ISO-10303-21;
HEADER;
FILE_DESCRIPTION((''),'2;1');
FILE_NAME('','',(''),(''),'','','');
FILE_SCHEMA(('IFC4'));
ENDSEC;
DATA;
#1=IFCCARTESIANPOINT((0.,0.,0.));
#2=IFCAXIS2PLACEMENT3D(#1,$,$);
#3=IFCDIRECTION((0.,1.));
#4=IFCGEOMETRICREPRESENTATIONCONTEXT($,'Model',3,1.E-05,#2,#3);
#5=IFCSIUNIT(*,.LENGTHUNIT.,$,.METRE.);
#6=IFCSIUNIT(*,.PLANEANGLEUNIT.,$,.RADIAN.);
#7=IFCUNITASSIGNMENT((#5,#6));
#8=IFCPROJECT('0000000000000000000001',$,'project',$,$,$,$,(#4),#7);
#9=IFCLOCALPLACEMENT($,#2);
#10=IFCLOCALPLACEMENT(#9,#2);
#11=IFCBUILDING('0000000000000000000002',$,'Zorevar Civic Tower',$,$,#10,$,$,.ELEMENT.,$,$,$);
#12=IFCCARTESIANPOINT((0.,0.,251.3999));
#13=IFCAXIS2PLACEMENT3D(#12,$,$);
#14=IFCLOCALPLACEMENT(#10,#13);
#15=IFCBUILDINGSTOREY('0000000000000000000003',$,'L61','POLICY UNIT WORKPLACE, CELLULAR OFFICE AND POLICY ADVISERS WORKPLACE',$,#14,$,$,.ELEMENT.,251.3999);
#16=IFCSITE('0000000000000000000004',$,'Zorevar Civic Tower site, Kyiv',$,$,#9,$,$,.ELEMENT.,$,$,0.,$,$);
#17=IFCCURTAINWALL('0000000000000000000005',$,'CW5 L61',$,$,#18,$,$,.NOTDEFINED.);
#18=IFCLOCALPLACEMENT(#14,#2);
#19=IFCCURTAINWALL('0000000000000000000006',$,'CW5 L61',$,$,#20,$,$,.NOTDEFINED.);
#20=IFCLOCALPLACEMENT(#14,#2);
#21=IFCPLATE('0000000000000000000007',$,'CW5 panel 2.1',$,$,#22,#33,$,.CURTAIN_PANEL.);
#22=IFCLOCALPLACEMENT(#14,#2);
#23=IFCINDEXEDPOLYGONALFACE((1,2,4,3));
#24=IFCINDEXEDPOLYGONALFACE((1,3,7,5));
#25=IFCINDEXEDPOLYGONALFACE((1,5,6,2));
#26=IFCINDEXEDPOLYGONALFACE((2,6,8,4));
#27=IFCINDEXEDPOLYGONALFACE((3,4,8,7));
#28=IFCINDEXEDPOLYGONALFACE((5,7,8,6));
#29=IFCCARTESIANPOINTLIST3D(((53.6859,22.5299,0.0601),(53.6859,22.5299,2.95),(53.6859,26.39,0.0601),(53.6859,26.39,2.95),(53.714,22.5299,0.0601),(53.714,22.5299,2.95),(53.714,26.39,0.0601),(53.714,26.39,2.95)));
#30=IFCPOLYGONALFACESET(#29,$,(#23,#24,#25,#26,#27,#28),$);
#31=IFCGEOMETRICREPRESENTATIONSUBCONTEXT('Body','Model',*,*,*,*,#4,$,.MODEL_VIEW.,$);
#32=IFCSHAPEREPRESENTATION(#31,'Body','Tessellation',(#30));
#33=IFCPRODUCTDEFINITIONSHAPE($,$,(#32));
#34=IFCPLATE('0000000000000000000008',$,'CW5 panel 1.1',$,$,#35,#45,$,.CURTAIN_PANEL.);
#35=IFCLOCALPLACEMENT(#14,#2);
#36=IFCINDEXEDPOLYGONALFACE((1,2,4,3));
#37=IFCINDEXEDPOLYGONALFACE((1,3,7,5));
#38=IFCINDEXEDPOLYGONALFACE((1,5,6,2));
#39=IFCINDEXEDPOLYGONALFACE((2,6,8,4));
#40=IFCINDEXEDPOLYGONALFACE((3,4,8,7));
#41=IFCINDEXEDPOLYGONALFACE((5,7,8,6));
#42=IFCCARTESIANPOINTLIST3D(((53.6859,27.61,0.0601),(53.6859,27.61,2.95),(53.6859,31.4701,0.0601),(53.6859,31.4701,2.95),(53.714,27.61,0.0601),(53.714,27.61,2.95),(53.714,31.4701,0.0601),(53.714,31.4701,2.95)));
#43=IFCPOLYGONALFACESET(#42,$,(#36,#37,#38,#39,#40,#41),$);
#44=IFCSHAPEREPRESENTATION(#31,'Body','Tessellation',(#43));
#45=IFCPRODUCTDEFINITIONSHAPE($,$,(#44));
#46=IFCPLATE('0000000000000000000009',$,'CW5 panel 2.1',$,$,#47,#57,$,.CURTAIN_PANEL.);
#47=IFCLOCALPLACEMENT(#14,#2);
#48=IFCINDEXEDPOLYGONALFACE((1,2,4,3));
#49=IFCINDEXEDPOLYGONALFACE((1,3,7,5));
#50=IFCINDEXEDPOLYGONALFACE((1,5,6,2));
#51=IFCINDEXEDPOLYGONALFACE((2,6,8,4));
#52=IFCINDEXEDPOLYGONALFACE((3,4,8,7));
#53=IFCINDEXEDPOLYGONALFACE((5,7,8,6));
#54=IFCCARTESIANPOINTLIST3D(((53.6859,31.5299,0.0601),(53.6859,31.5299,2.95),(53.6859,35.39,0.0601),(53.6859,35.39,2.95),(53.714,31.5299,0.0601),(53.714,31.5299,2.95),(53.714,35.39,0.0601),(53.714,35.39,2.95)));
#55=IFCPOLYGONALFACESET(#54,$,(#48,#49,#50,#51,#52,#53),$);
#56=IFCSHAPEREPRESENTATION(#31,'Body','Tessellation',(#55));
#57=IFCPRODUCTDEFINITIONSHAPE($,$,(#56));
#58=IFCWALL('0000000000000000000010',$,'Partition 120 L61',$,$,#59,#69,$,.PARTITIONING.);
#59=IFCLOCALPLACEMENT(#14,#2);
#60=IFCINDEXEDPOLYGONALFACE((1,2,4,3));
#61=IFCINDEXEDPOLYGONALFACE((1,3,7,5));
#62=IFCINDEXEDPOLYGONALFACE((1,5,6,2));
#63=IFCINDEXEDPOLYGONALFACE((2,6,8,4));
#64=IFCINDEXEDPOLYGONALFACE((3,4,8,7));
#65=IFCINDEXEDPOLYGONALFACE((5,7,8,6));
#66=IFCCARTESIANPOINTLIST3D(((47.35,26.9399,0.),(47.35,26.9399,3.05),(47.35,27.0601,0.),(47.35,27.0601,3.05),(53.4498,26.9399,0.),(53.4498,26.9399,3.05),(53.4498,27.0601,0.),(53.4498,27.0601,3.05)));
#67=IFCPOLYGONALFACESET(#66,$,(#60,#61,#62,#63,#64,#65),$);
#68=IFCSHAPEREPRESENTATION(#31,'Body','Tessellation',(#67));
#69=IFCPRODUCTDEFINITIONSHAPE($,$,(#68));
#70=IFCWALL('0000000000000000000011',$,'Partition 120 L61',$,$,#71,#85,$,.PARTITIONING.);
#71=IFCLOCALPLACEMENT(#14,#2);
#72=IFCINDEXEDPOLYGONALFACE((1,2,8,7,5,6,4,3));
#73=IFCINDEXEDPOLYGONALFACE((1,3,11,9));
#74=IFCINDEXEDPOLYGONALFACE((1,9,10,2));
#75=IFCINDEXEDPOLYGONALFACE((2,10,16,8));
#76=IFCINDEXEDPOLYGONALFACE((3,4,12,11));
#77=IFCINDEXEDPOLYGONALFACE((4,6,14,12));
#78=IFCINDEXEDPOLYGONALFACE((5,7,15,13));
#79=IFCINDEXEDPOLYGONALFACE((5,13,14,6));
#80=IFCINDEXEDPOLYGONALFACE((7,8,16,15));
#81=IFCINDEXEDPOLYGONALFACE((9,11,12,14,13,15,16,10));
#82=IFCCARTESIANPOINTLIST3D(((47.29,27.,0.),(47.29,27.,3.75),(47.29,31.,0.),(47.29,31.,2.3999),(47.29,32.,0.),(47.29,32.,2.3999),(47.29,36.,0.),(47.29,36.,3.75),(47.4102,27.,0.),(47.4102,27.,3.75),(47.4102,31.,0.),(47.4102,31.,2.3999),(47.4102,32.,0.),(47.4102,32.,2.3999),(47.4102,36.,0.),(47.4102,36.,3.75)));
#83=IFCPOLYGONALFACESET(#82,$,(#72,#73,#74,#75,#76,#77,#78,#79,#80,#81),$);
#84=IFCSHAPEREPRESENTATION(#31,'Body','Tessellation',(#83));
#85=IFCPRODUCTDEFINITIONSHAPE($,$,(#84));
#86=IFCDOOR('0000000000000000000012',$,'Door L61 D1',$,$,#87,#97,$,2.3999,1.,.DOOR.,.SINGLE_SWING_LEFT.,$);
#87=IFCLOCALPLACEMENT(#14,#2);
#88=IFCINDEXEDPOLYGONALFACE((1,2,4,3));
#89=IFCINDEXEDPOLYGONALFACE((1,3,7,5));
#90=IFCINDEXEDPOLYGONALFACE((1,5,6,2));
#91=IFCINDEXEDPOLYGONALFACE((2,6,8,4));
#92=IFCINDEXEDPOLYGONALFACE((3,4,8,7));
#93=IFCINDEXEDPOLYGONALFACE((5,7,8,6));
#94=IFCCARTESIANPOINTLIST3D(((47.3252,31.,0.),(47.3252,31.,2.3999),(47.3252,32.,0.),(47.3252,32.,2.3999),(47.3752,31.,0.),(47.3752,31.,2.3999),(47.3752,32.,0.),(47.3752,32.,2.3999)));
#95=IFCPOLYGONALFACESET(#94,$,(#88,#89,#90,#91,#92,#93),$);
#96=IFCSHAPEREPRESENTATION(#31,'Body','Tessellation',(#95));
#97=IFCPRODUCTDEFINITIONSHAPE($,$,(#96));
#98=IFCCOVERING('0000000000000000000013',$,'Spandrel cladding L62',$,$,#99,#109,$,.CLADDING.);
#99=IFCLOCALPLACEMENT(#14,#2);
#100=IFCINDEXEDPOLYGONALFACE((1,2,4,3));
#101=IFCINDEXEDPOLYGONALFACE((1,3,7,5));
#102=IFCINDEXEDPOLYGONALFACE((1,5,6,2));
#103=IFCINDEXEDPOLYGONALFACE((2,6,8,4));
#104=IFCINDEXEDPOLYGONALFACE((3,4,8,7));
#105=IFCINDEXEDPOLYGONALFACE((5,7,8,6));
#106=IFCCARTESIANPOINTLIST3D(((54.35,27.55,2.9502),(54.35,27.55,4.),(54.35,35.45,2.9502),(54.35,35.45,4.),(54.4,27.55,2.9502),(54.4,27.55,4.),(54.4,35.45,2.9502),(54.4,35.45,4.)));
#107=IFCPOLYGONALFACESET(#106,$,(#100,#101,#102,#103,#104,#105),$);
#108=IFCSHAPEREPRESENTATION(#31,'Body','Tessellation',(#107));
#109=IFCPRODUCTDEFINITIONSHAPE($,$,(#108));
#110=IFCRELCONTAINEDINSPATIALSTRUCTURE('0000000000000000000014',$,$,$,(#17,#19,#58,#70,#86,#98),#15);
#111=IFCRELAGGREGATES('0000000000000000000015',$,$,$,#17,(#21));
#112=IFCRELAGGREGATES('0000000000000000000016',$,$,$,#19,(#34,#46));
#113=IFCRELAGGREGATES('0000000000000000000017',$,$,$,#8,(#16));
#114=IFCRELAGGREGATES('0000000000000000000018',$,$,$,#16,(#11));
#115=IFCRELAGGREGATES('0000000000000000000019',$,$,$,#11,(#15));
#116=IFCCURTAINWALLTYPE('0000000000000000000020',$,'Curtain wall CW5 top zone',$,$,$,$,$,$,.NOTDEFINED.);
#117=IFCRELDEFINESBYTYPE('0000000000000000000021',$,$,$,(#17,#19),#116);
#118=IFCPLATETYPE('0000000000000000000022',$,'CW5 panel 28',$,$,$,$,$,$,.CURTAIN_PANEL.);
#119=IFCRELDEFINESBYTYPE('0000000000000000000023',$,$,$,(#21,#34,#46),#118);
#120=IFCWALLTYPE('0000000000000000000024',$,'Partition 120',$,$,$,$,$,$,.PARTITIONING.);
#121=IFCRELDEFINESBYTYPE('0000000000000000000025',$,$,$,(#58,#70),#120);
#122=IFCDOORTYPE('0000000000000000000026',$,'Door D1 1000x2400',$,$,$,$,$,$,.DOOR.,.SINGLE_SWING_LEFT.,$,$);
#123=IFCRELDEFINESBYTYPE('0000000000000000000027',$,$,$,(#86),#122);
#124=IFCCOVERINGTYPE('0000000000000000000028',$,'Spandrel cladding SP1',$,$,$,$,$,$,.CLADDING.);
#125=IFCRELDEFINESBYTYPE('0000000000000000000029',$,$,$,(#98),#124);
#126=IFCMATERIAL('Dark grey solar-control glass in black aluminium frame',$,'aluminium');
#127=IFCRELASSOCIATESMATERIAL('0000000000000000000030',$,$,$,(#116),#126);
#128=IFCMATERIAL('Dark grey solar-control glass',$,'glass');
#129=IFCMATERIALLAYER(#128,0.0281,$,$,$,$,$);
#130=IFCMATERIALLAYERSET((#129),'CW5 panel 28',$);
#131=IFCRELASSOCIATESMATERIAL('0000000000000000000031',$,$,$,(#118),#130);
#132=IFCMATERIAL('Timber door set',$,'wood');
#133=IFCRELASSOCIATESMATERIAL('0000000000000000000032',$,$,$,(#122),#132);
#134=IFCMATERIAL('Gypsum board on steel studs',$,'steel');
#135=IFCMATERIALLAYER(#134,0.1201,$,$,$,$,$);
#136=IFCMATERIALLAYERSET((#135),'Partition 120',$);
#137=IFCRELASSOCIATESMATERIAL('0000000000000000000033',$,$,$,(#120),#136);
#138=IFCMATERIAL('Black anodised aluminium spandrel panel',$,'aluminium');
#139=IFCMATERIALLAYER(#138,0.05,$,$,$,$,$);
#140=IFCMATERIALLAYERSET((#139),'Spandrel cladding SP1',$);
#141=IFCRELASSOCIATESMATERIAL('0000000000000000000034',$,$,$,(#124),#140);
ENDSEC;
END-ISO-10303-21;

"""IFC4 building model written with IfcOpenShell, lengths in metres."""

from ifc_helpers import new_model, si_unit, direction, frame, frame_2d, origin, origin_2d, place, context, subcontext, project, spatial, rectangle, extrude, material, layer, layer_set, type_object, element, fill, aggregate, save


model = new_model("IFC4")

# Units and contexts
model_context = context("Model", 3, precision=1e-05, world=origin(), true_north=direction((0.0, 1.0)))
body_context = subcontext(model_context, "Body", "Model", "MODEL_VIEW")
ifc_project = project(units=[si_unit("LENGTHUNIT", "METRE"), si_unit("PLANEANGLEUNIT", "RADIAN")], contexts=[model_context])

# Site, building, storey
site_placement = place(None, origin())
site = spatial("IfcSite", under=ifc_project, at=site_placement, Name="Zorevar Civic Tower site, Kyiv", CompositionType="ELEMENT", RefElevation=0.0)
building_placement = place(site_placement, origin())
building = spatial("IfcBuilding", under=site, at=building_placement, Name="Zorevar Civic Tower", CompositionType="ELEMENT")
storey_placement = place(building_placement, frame((0.0, 0.0, 251.3999)))
storey = spatial("IfcBuildingStorey", under=building, at=storey_placement, Name="L61", Description="POLICY UNIT WORKPLACE, CELLULAR OFFICE AND POLICY ADVISERS WORKPLACE", CompositionType="ELEMENT", Elevation=251.3999)

# Curtain walls
ifc_material_1 = material(Name="Dark grey solar-control glass in black aluminium frame", Category="aluminium")
curtain_wall_type = type_object("IfcCurtainWallType", Name="Curtain wall CW5 top zone", PredefinedType="NOTDEFINED", material=ifc_material_1)
curtain_wall_1_placement = place(storey_placement, origin())
curtain_wall_1 = element("IfcCurtainWall", 1, at=curtain_wall_1_placement, inside=storey, type_object=curtain_wall_type, Name="CW5 L61", PredefinedType="NOTDEFINED")
curtain_wall_2_placement = place(storey_placement, origin())
curtain_wall_2 = element("IfcCurtainWall", 2, at=curtain_wall_2_placement, inside=storey, type_object=curtain_wall_type, Name="CW5 L61", PredefinedType="NOTDEFINED")

# Plates
ifc_material_2 = material(Name="Dark grey solar-control glass", Category="glass")
ifc_layer_1 = layer(ifc_material_2, 0.0281)
ifc_layer_set_1 = layer_set([ifc_layer_1], Name="CW5 panel 28")
plate_type = type_object("IfcPlateType", Name="CW5 panel 28", PredefinedType="CURTAIN_PANEL", material=ifc_layer_set_1)
plate_1_placement = place(storey_placement, frame((53.7, 24.46, 0.0601), z_axis=(0.0, 0.0, 1.0), x_axis=(0.0, 1.0, 0.0)))
plate_1 = element("IfcPlate", 3, at=plate_1_placement, type_object=plate_type, Name="CW5 panel 2.1", PredefinedType="CURTAIN_PANEL", context=body_context, shape_type="SweptSolid", body=[
    extrude(rectangle(XDim=3.8601, YDim=0.0281, at=origin_2d()), origin(), (0.0, 0.0, 1.0), 2.8899),
])
aggregate(curtain_wall_1, [plate_1])
plate_2_placement = place(storey_placement, frame((53.7, 29.54, 0.0601), z_axis=(0.0, 0.0, 1.0), x_axis=(0.0, 1.0, 0.0)))
plate_2 = element("IfcPlate", 4, at=plate_2_placement, type_object=plate_type, Name="CW5 panel 1.1", PredefinedType="CURTAIN_PANEL", context=body_context, shape_type="SweptSolid", body=[
    extrude(rectangle(XDim=3.8601, YDim=0.0281, at=origin_2d()), origin(), (0.0, 0.0, 1.0), 2.8899),
])
plate_3_placement = place(storey_placement, frame((53.7, 33.46, 0.0601), z_axis=(0.0, 0.0, 1.0), x_axis=(0.0, 1.0, 0.0)))
plate_3 = element("IfcPlate", 5, at=plate_3_placement, type_object=plate_type, Name="CW5 panel 2.1", PredefinedType="CURTAIN_PANEL", context=body_context, shape_type="SweptSolid", body=[
    extrude(rectangle(XDim=3.8601, YDim=0.0281, at=origin_2d()), origin(), (0.0, 0.0, 1.0), 2.8899),
])
aggregate(curtain_wall_2, [plate_2, plate_3])

# Shared definitions
ifc_material_3 = material(Name="Timber door set", Category="wood")
door_type_1 = type_object("IfcDoorType", Name="Door D1 1000x2400", OperationType="SINGLE_SWING_LEFT", PredefinedType="DOOR", material=ifc_material_3)

# Wall
ifc_material_4 = material(Name="Gypsum board on steel studs", Category="steel")
ifc_layer_2 = layer(ifc_material_4, 0.1201)
ifc_layer_set_2 = layer_set([ifc_layer_2], Name="Partition 120")
wall_type_1 = type_object("IfcWallType", Name="Partition 120", PredefinedType="PARTITIONING", material=ifc_layer_set_2)
wall_1_placement = place(storey_placement, frame((47.3501, 27.0, 0.0), z_axis=(0.0, 0.0, 1.0), x_axis=(1.0, 0.0, 0.0)))
element("IfcWall", 6, at=wall_1_placement, inside=storey, type_object=wall_type_1, Name="Partition 120 L61", PredefinedType="PARTITIONING", context=body_context, shape_type="SweptSolid", body=[
    extrude(rectangle(XDim=6.0999, YDim=0.1201, at=frame_2d((3.0498, 0.0))), origin(), (0.0, 0.0, 1.0), 3.05),
])

# Wall, opening, door
wall_2_placement = place(storey_placement, frame((47.3501, 27.0, 0.0), z_axis=(0.0, 0.0, 1.0), x_axis=(0.0, 1.0, 0.0)))
wall_2 = element("IfcWall", 7, at=wall_2_placement, inside=storey, type_object=wall_type_1, Name="Partition 120 L61", PredefinedType="PARTITIONING", context=body_context, shape_type="SweptSolid", body=[
    extrude(rectangle(XDim=9.0, YDim=0.1201, at=frame_2d((4.5, 0.0))), origin(), (0.0, 0.0, 1.0), 3.75),
])
opening_1_placement = place(wall_2_placement, frame((4.0, 0.0, 0.0)))
opening_1 = element("IfcOpeningElement", 8, at=opening_1_placement, cuts=wall_2, PredefinedType="OPENING", context=body_context, shape_type="SweptSolid", body=[
    extrude(rectangle(XDim=1.0, YDim=2.3999, at=frame_2d((0.5, 1.2))), frame((0.0, 0.0701, 0.0), z_axis=(0.0, -1.0, 0.0), x_axis=(1.0, 0.0, 0.0)), (0.0, 0.0, 1.0), 0.1401),
])
door_1_placement = place(opening_1_placement, origin())
door_1 = element("IfcDoor", 9, at=door_1_placement, inside=storey, type_object=door_type_1, Name="Door L61 D1", OperationType="SINGLE_SWING_LEFT", OverallHeight=2.3999, OverallWidth=1.0, PredefinedType="DOOR", context=body_context, shape_type="SweptSolid", body=[
    extrude(rectangle(XDim=1.0, YDim=2.3999, at=frame_2d((0.5, 1.2))), frame((0.0, 0.0249, 0.0), z_axis=(0.0, -1.0, 0.0), x_axis=(1.0, 0.0, 0.0)), (0.0, 0.0, 1.0), 0.05),
])
fill(opening_1, door_1)

# Covering
ifc_material_5 = material(Name="Black anodised aluminium spandrel panel", Category="aluminium")
ifc_layer_3 = layer(ifc_material_5, 0.05)
ifc_layer_set_3 = layer_set([ifc_layer_3], Name="Spandrel cladding SP1")
covering_type = type_object("IfcCoveringType", Name="Spandrel cladding SP1", PredefinedType="CLADDING", material=ifc_layer_set_3)
covering_placement = place(storey_placement, frame((54.375, 27.55, 2.9502), z_axis=(0.0, 0.0, 1.0), x_axis=(0.0, 1.0, 0.0)))
element("IfcCovering", 10, at=covering_placement, inside=storey, type_object=covering_type, Name="Spandrel cladding L62", PredefinedType="CLADDING", context=body_context, shape_type="SweptSolid", body=[
    extrude(rectangle(XDim=7.8999, YDim=0.05, at=frame_2d((3.95, 0.0))), origin(), (0.0, 0.0, 1.0), 1.0498),
])

save(model, "model.ifc")
